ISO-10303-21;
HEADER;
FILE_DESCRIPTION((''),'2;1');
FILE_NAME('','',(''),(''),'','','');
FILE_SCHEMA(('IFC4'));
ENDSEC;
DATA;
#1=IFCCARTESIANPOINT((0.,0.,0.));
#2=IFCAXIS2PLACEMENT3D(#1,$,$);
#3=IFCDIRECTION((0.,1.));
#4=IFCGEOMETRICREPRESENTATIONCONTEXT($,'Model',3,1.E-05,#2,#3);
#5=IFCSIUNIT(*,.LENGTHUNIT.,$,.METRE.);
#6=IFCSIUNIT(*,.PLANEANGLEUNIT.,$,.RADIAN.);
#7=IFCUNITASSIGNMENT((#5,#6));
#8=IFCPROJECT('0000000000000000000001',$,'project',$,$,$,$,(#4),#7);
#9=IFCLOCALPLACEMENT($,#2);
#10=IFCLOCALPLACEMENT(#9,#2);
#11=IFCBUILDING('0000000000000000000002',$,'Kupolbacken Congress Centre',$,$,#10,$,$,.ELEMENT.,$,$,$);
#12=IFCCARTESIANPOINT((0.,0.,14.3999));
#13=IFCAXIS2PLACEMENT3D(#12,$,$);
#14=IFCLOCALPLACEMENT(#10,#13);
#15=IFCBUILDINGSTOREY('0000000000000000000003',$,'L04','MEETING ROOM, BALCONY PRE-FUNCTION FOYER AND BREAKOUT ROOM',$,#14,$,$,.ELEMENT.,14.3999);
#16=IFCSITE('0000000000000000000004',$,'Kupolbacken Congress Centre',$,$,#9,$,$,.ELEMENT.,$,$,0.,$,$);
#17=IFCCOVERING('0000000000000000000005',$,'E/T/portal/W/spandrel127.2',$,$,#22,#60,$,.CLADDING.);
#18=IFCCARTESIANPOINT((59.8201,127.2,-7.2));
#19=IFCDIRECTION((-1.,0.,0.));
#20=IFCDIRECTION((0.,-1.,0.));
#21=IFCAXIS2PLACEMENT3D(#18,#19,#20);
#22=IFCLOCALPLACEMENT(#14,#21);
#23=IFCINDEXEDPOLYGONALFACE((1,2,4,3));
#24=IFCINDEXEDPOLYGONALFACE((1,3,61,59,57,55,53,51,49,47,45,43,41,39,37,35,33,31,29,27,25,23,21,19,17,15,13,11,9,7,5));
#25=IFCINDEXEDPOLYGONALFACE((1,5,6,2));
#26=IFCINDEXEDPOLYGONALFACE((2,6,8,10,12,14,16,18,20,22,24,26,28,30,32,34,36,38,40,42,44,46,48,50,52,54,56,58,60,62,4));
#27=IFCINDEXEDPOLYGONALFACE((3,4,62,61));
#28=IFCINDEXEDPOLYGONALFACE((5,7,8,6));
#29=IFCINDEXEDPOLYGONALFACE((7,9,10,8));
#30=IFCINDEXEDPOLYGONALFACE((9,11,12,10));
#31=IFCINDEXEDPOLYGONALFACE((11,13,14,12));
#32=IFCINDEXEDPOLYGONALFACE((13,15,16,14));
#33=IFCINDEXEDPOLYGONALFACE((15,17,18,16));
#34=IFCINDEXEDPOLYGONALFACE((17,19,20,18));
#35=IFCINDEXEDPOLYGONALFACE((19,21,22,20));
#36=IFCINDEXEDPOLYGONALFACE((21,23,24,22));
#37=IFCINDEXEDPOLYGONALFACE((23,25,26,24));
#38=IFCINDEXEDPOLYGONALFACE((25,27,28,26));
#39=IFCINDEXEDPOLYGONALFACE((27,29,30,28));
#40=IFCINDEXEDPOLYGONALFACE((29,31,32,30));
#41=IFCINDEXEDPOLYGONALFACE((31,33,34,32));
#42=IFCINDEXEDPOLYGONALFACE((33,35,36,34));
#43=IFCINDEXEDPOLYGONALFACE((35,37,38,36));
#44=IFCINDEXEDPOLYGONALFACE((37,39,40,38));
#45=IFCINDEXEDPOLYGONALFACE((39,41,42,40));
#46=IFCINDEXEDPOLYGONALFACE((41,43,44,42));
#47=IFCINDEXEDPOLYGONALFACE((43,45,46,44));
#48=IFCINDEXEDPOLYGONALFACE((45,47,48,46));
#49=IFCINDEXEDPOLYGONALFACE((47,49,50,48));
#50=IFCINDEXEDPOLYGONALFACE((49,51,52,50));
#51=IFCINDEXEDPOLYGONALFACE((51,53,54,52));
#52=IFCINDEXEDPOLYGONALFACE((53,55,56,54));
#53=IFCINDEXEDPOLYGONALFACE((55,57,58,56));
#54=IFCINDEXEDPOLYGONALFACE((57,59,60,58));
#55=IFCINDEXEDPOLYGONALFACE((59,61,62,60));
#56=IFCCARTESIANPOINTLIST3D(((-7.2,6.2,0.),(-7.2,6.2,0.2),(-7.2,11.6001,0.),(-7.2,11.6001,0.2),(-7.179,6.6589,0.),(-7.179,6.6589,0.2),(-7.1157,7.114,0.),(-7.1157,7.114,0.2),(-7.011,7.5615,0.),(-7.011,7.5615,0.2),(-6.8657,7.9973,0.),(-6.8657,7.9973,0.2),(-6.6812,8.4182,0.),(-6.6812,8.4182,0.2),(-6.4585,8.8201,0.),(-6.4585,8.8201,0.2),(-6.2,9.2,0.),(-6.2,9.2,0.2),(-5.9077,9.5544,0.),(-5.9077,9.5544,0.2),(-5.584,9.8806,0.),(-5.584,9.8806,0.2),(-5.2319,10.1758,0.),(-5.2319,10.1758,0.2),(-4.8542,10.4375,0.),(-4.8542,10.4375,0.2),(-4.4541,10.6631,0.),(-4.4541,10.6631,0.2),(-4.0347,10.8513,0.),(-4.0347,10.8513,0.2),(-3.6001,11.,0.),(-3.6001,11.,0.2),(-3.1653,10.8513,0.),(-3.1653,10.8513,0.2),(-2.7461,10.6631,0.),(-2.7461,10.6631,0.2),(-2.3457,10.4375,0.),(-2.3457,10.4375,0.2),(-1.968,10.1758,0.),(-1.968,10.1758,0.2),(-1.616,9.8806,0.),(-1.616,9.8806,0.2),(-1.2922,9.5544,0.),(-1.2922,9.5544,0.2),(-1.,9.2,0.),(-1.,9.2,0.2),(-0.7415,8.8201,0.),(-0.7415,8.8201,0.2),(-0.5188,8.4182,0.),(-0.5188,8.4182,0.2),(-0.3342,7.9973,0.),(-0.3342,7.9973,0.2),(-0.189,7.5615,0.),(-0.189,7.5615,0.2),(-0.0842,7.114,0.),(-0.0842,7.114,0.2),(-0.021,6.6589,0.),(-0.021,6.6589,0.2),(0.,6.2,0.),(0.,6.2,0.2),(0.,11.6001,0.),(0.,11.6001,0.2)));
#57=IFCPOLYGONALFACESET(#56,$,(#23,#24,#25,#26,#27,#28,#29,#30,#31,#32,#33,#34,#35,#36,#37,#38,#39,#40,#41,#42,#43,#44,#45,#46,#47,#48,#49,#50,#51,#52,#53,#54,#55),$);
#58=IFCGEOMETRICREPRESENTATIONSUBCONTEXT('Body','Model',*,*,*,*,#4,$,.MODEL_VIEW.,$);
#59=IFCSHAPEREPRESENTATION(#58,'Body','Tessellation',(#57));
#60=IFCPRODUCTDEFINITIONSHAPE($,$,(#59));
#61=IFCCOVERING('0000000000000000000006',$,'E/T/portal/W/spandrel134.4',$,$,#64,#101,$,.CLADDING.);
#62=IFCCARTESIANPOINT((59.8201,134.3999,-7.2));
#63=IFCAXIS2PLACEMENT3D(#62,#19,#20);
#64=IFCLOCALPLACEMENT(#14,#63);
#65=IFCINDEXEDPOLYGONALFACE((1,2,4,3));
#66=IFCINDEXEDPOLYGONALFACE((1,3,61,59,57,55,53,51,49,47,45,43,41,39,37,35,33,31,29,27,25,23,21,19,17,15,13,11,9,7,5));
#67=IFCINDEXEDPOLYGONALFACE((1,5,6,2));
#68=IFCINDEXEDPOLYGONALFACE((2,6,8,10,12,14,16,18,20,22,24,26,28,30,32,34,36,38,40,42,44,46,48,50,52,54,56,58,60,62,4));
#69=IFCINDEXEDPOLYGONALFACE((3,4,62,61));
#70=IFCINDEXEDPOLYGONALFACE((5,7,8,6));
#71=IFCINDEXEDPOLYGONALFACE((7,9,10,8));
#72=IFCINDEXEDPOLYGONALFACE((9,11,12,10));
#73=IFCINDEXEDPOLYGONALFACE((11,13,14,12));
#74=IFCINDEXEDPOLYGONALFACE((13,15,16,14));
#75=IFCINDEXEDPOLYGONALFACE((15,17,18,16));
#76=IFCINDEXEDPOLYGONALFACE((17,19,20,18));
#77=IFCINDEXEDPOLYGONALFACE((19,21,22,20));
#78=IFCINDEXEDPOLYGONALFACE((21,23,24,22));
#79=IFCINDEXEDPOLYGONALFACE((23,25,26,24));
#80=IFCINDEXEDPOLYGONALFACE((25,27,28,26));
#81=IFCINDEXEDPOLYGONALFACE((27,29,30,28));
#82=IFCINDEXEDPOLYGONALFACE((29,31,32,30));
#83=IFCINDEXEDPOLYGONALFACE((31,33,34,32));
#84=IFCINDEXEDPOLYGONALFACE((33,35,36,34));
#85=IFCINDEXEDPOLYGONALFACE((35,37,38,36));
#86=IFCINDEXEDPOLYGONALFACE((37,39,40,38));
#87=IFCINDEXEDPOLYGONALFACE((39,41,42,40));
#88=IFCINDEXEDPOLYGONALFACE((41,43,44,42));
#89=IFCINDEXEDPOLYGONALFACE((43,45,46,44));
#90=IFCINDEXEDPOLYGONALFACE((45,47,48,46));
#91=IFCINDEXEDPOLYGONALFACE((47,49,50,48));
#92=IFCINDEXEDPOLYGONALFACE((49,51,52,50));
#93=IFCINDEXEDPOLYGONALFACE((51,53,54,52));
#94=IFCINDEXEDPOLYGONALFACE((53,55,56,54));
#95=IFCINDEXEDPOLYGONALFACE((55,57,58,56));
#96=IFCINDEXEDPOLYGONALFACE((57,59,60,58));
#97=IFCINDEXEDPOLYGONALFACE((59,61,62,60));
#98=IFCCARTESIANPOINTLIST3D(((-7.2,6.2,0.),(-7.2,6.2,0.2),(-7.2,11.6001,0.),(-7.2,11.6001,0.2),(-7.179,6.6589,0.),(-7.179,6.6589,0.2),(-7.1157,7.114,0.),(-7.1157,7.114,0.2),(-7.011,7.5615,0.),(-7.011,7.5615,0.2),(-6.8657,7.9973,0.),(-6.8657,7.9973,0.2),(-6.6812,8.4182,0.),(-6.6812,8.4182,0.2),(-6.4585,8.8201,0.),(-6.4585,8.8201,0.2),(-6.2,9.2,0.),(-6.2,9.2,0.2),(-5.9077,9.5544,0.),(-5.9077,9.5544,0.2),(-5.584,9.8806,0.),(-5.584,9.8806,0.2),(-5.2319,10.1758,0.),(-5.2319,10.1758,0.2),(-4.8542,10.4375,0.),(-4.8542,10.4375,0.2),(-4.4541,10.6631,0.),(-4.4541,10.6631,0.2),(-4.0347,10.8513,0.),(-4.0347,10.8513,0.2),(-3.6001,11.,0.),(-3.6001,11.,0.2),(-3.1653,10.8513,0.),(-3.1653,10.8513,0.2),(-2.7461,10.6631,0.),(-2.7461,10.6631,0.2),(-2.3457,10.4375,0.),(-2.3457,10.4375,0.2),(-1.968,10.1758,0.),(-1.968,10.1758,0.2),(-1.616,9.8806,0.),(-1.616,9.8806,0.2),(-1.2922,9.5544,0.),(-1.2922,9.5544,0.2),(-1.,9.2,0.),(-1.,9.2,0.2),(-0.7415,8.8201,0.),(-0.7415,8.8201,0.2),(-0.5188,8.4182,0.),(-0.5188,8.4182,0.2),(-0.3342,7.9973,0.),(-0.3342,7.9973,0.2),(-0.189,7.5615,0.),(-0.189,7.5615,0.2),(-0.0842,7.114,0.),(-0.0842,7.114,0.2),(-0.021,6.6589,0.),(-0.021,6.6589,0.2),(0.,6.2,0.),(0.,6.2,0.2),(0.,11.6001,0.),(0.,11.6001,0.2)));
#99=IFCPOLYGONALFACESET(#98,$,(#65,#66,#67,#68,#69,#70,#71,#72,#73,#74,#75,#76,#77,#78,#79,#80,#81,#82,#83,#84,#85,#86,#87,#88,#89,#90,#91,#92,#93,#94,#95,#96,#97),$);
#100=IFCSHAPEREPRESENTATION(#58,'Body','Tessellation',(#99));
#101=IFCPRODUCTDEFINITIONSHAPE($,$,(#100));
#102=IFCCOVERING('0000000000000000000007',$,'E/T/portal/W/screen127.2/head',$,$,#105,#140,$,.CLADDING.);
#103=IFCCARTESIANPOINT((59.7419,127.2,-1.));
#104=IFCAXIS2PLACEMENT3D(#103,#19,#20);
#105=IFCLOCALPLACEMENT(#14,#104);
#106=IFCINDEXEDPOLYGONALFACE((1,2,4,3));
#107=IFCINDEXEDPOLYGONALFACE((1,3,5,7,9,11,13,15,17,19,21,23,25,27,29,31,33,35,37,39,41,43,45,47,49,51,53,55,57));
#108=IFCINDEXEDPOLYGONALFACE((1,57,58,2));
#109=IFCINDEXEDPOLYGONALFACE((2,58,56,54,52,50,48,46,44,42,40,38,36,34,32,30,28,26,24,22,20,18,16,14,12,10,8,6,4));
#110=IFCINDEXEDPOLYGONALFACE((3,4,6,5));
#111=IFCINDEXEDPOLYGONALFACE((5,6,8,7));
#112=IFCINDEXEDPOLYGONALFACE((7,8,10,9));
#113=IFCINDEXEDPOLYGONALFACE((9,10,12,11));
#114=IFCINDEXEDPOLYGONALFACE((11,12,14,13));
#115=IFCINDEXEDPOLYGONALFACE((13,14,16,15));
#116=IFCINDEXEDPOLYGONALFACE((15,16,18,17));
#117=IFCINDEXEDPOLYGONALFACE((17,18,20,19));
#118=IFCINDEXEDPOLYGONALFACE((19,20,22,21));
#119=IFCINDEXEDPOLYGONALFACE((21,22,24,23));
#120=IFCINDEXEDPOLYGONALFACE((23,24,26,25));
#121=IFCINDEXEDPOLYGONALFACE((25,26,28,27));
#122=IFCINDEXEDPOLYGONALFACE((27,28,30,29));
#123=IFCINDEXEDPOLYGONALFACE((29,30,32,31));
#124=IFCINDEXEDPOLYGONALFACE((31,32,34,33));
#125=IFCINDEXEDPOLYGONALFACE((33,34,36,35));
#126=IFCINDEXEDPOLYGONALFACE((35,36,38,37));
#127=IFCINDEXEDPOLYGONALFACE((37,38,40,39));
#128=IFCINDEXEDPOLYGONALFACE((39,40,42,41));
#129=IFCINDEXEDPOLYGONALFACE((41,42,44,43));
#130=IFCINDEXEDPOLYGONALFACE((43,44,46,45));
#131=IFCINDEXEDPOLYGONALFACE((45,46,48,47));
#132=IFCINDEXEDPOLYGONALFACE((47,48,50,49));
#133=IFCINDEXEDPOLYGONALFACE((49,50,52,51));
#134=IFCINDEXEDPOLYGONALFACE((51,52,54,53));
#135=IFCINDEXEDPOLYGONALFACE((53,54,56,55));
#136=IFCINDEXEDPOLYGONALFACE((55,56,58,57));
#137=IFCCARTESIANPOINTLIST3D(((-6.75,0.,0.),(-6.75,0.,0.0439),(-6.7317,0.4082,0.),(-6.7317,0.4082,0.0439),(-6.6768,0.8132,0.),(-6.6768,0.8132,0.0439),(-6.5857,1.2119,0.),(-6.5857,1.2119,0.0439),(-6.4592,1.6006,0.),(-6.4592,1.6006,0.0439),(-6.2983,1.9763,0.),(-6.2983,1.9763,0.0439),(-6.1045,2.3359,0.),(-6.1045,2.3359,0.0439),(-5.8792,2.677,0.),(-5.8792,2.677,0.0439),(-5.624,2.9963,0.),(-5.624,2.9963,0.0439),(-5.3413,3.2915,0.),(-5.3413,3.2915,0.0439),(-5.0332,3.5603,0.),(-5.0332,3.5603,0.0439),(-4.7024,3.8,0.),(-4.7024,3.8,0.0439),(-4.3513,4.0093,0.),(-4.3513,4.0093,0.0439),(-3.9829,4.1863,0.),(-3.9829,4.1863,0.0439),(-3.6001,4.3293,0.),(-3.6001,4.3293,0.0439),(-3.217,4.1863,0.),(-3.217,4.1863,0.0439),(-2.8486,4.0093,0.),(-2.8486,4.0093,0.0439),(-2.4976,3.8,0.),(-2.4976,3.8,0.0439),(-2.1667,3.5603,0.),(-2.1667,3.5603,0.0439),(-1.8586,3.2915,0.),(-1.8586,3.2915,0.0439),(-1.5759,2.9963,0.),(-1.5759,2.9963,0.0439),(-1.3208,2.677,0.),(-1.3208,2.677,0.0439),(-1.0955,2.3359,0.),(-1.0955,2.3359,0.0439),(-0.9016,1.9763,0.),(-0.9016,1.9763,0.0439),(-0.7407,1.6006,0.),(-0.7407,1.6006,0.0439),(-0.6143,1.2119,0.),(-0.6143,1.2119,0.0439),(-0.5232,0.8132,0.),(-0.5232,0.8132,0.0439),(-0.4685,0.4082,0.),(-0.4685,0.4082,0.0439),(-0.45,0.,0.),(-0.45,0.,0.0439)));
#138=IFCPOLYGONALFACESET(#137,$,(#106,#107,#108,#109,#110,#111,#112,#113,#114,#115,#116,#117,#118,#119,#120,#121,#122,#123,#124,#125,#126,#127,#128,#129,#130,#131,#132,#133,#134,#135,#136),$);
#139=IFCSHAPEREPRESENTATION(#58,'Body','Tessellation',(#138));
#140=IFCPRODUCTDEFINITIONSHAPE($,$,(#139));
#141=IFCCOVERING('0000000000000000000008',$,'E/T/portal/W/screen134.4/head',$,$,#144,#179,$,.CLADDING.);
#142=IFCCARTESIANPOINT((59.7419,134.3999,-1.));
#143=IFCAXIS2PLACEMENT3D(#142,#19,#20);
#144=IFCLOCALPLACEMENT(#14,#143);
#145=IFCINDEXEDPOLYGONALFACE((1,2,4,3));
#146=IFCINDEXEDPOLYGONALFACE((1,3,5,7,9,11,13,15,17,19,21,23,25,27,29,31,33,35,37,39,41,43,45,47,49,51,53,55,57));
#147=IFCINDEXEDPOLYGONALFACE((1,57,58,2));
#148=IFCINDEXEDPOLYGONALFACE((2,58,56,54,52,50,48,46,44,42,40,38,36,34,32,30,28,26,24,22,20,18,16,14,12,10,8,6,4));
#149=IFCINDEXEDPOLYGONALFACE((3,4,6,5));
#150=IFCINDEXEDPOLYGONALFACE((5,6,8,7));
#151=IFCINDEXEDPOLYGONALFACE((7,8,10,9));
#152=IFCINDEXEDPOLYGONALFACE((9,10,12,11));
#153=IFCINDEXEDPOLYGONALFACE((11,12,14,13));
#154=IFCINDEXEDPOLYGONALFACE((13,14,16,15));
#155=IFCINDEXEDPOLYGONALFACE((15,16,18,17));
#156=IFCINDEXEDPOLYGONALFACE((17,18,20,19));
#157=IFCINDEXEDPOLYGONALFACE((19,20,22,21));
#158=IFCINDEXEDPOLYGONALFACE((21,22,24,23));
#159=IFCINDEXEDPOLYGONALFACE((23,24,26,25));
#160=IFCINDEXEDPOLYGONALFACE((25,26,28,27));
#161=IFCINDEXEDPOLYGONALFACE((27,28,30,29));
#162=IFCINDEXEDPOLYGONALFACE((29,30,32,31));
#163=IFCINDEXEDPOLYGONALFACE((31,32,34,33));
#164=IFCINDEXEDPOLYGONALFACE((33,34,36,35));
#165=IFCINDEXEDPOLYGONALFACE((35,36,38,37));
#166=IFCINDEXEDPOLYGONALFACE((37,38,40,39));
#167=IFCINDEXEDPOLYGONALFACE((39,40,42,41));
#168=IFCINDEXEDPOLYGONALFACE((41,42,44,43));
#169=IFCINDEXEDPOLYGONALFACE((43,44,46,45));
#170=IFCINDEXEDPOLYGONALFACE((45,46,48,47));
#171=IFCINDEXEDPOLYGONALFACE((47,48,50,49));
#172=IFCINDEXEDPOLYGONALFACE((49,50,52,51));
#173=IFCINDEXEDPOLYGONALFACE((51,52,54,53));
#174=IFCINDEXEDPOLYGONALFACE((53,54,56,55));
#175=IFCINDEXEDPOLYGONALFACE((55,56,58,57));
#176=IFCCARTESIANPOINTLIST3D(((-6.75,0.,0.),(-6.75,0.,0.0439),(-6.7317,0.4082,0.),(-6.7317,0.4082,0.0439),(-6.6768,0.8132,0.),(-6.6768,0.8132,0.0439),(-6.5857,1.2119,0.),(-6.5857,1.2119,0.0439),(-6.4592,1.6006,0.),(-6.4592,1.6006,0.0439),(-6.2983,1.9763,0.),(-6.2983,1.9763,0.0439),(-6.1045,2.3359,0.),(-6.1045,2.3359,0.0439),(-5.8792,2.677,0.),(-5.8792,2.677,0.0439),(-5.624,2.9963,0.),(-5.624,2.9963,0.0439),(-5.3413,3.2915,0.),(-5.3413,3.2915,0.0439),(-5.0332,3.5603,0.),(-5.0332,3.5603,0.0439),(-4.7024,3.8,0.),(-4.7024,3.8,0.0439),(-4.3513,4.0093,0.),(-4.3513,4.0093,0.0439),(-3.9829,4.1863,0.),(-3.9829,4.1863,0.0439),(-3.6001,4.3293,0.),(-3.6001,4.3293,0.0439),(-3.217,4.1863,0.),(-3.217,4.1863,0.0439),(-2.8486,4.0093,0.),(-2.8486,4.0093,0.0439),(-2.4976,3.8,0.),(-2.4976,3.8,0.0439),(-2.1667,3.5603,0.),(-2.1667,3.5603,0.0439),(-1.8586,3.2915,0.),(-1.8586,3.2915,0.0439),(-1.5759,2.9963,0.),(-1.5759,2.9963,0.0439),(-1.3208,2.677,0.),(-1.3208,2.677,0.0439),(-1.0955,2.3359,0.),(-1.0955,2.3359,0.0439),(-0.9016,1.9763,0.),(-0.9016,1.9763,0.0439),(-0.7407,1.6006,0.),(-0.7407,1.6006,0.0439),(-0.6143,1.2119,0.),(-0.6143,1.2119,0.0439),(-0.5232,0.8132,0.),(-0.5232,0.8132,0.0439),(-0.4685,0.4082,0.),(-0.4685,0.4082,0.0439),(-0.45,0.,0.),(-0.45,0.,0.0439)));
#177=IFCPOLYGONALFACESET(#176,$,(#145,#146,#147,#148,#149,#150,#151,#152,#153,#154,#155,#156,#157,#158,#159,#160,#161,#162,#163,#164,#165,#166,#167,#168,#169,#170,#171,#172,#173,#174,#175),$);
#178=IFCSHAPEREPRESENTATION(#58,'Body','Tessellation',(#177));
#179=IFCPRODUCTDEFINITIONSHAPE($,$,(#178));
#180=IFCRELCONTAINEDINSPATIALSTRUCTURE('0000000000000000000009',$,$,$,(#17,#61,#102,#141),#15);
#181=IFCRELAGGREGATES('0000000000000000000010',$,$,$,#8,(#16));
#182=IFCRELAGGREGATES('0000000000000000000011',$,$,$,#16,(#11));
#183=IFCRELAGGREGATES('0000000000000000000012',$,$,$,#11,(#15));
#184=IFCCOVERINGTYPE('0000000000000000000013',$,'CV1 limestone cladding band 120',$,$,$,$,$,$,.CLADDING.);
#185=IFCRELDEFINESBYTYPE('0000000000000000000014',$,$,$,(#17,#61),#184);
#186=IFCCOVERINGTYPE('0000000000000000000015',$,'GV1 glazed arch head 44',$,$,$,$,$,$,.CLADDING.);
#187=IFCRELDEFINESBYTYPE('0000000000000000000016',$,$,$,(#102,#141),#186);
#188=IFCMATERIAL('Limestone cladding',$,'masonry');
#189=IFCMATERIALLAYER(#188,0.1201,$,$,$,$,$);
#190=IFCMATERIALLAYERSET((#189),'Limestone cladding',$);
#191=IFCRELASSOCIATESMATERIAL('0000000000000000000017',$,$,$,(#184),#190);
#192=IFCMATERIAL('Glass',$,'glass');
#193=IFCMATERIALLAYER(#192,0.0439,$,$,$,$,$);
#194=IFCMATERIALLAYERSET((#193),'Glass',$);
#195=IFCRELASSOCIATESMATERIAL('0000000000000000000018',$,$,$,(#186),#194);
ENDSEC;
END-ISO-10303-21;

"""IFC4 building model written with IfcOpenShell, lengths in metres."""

from ifc_helpers import new_model, si_unit, direction, frame, origin, place, context, subcontext, project, spatial, polyline, outline, extrude, material, layer, layer_set, type_object, element, save


model = new_model("IFC4")

# Units and contexts
model_context = context("Model", 3, precision=1e-05, world=origin(), true_north=direction((0.0, 1.0)))
body_context = subcontext(model_context, "Body", "Model", "MODEL_VIEW")
ifc_project = project(units=[si_unit("LENGTHUNIT", "METRE"), si_unit("PLANEANGLEUNIT", "RADIAN")], contexts=[model_context])

# Site, building, storey
site_placement = place(None, origin())
site = spatial("IfcSite", under=ifc_project, at=site_placement, Name="Kupolbacken Congress Centre", CompositionType="ELEMENT", RefElevation=0.0)
building_placement = place(site_placement, origin())
building = spatial("IfcBuilding", under=site, at=building_placement, Name="Kupolbacken Congress Centre", CompositionType="ELEMENT")
storey_placement = place(building_placement, frame((0.0, 0.0, 14.3999)))
storey = spatial("IfcBuildingStorey", under=building, at=storey_placement, Name="L04", Description="MEETING ROOM, BALCONY PRE-FUNCTION FOYER AND BREAKOUT ROOM", CompositionType="ELEMENT", Elevation=14.3999)

# Coverings
ifc_material_1 = material(Name="Limestone cladding", Category="masonry")
ifc_layer_1 = layer(ifc_material_1, 0.1201)
ifc_layer_set_1 = layer_set([ifc_layer_1], Name="Limestone cladding")
covering_type_1 = type_object("IfcCoveringType", Name="CV1 limestone cladding band 120", PredefinedType="CLADDING", material=ifc_layer_set_1)
for number, where, z_axis, x_axis, name in (
    (1, (59.8201, 127.2, -7.2), (-1.0, 0.0, 0.0), (0.0, -1.0, 0.0), "E/T/portal/W/spandrel127.2"),
    (2, (59.8201, 134.3999, -7.2), (-1.0, 0.0, 0.0), (0.0, -1.0, 0.0), "E/T/portal/W/spandrel134.4"),
):
    element("IfcCovering", number, at=place(storey_placement, frame(where, z_axis=z_axis, x_axis=x_axis)), inside=storey, type_object=covering_type_1, Name=name, PredefinedType="CLADDING", context=body_context, shape_type="SweptSolid", body=[
        extrude(outline(polyline([(0.0, 6.2), (0.0, 11.6001), (-7.2, 11.6001), (-7.2, 6.2), (-7.179, 6.6589), (-7.1157, 7.114), (-7.011, 7.5615), (-6.8657, 7.9973), (-6.6812, 8.4182), (-6.4585, 8.8201), (-6.2, 9.2), (-5.9077, 9.5544), (-5.584, 9.8806), (-5.2319, 10.1758), (-4.8542, 10.4375), (-4.4541, 10.6631), (-4.0347, 10.8513), (-3.6001, 11.0), (-3.1653, 10.8513), (-2.7461, 10.6631), (-2.3457, 10.4375), (-1.968, 10.1758), (-1.616, 9.8806), (-1.2922, 9.5544), (-1.0, 9.2), (-0.7415, 8.8201), (-0.5188, 8.4182), (-0.3342, 7.9973), (-0.189, 7.5615), (-0.0842, 7.114), (-0.021, 6.6589), (0.0, 6.2)])), origin(), (0.0, 0.0, 1.0), 0.2),
    ])
ifc_material_2 = material(Name="Glass", Category="glass")
ifc_layer_2 = layer(ifc_material_2, 0.0439)
ifc_layer_set_2 = layer_set([ifc_layer_2], Name="Glass")
covering_type_2 = type_object("IfcCoveringType", Name="GV1 glazed arch head 44", PredefinedType="CLADDING", material=ifc_layer_set_2)
for number, where, z_axis, x_axis, name in (
    (3, (59.7419, 127.2, -1.0), (-1.0, 0.0, 0.0), (0.0, -1.0, 0.0), "E/T/portal/W/screen127.2/head"),
    (4, (59.7419, 134.3999, -1.0), (-1.0, 0.0, 0.0), (0.0, -1.0, 0.0), "E/T/portal/W/screen134.4/head"),
):
    element("IfcCovering", number, at=place(storey_placement, frame(where, z_axis=z_axis, x_axis=x_axis)), inside=storey, type_object=covering_type_2, Name=name, PredefinedType="CLADDING", context=body_context, shape_type="SweptSolid", body=[
        extrude(outline(polyline([(-0.45, 0.0), (-0.4685, 0.4082), (-0.5232, 0.8132), (-0.6143, 1.2119), (-0.7407, 1.6006), (-0.9016, 1.9763), (-1.0955, 2.3359), (-1.3208, 2.677), (-1.5759, 2.9963), (-1.8586, 3.2915), (-2.1667, 3.5603), (-2.4976, 3.8), (-2.8486, 4.0093), (-3.217, 4.1863), (-3.6001, 4.3293), (-3.9829, 4.1863), (-4.3513, 4.0093), (-4.7024, 3.8), (-5.0332, 3.5603), (-5.3413, 3.2915), (-5.624, 2.9963), (-5.8792, 2.677), (-6.1045, 2.3359), (-6.2983, 1.9763), (-6.4592, 1.6006), (-6.5857, 1.2119), (-6.6768, 0.8132), (-6.7317, 0.4082), (-6.75, 0.0), (-0.45, 0.0)])), origin(), (0.0, 0.0, 1.0), 0.0439),
    ])

save(model, "model.ifc")
